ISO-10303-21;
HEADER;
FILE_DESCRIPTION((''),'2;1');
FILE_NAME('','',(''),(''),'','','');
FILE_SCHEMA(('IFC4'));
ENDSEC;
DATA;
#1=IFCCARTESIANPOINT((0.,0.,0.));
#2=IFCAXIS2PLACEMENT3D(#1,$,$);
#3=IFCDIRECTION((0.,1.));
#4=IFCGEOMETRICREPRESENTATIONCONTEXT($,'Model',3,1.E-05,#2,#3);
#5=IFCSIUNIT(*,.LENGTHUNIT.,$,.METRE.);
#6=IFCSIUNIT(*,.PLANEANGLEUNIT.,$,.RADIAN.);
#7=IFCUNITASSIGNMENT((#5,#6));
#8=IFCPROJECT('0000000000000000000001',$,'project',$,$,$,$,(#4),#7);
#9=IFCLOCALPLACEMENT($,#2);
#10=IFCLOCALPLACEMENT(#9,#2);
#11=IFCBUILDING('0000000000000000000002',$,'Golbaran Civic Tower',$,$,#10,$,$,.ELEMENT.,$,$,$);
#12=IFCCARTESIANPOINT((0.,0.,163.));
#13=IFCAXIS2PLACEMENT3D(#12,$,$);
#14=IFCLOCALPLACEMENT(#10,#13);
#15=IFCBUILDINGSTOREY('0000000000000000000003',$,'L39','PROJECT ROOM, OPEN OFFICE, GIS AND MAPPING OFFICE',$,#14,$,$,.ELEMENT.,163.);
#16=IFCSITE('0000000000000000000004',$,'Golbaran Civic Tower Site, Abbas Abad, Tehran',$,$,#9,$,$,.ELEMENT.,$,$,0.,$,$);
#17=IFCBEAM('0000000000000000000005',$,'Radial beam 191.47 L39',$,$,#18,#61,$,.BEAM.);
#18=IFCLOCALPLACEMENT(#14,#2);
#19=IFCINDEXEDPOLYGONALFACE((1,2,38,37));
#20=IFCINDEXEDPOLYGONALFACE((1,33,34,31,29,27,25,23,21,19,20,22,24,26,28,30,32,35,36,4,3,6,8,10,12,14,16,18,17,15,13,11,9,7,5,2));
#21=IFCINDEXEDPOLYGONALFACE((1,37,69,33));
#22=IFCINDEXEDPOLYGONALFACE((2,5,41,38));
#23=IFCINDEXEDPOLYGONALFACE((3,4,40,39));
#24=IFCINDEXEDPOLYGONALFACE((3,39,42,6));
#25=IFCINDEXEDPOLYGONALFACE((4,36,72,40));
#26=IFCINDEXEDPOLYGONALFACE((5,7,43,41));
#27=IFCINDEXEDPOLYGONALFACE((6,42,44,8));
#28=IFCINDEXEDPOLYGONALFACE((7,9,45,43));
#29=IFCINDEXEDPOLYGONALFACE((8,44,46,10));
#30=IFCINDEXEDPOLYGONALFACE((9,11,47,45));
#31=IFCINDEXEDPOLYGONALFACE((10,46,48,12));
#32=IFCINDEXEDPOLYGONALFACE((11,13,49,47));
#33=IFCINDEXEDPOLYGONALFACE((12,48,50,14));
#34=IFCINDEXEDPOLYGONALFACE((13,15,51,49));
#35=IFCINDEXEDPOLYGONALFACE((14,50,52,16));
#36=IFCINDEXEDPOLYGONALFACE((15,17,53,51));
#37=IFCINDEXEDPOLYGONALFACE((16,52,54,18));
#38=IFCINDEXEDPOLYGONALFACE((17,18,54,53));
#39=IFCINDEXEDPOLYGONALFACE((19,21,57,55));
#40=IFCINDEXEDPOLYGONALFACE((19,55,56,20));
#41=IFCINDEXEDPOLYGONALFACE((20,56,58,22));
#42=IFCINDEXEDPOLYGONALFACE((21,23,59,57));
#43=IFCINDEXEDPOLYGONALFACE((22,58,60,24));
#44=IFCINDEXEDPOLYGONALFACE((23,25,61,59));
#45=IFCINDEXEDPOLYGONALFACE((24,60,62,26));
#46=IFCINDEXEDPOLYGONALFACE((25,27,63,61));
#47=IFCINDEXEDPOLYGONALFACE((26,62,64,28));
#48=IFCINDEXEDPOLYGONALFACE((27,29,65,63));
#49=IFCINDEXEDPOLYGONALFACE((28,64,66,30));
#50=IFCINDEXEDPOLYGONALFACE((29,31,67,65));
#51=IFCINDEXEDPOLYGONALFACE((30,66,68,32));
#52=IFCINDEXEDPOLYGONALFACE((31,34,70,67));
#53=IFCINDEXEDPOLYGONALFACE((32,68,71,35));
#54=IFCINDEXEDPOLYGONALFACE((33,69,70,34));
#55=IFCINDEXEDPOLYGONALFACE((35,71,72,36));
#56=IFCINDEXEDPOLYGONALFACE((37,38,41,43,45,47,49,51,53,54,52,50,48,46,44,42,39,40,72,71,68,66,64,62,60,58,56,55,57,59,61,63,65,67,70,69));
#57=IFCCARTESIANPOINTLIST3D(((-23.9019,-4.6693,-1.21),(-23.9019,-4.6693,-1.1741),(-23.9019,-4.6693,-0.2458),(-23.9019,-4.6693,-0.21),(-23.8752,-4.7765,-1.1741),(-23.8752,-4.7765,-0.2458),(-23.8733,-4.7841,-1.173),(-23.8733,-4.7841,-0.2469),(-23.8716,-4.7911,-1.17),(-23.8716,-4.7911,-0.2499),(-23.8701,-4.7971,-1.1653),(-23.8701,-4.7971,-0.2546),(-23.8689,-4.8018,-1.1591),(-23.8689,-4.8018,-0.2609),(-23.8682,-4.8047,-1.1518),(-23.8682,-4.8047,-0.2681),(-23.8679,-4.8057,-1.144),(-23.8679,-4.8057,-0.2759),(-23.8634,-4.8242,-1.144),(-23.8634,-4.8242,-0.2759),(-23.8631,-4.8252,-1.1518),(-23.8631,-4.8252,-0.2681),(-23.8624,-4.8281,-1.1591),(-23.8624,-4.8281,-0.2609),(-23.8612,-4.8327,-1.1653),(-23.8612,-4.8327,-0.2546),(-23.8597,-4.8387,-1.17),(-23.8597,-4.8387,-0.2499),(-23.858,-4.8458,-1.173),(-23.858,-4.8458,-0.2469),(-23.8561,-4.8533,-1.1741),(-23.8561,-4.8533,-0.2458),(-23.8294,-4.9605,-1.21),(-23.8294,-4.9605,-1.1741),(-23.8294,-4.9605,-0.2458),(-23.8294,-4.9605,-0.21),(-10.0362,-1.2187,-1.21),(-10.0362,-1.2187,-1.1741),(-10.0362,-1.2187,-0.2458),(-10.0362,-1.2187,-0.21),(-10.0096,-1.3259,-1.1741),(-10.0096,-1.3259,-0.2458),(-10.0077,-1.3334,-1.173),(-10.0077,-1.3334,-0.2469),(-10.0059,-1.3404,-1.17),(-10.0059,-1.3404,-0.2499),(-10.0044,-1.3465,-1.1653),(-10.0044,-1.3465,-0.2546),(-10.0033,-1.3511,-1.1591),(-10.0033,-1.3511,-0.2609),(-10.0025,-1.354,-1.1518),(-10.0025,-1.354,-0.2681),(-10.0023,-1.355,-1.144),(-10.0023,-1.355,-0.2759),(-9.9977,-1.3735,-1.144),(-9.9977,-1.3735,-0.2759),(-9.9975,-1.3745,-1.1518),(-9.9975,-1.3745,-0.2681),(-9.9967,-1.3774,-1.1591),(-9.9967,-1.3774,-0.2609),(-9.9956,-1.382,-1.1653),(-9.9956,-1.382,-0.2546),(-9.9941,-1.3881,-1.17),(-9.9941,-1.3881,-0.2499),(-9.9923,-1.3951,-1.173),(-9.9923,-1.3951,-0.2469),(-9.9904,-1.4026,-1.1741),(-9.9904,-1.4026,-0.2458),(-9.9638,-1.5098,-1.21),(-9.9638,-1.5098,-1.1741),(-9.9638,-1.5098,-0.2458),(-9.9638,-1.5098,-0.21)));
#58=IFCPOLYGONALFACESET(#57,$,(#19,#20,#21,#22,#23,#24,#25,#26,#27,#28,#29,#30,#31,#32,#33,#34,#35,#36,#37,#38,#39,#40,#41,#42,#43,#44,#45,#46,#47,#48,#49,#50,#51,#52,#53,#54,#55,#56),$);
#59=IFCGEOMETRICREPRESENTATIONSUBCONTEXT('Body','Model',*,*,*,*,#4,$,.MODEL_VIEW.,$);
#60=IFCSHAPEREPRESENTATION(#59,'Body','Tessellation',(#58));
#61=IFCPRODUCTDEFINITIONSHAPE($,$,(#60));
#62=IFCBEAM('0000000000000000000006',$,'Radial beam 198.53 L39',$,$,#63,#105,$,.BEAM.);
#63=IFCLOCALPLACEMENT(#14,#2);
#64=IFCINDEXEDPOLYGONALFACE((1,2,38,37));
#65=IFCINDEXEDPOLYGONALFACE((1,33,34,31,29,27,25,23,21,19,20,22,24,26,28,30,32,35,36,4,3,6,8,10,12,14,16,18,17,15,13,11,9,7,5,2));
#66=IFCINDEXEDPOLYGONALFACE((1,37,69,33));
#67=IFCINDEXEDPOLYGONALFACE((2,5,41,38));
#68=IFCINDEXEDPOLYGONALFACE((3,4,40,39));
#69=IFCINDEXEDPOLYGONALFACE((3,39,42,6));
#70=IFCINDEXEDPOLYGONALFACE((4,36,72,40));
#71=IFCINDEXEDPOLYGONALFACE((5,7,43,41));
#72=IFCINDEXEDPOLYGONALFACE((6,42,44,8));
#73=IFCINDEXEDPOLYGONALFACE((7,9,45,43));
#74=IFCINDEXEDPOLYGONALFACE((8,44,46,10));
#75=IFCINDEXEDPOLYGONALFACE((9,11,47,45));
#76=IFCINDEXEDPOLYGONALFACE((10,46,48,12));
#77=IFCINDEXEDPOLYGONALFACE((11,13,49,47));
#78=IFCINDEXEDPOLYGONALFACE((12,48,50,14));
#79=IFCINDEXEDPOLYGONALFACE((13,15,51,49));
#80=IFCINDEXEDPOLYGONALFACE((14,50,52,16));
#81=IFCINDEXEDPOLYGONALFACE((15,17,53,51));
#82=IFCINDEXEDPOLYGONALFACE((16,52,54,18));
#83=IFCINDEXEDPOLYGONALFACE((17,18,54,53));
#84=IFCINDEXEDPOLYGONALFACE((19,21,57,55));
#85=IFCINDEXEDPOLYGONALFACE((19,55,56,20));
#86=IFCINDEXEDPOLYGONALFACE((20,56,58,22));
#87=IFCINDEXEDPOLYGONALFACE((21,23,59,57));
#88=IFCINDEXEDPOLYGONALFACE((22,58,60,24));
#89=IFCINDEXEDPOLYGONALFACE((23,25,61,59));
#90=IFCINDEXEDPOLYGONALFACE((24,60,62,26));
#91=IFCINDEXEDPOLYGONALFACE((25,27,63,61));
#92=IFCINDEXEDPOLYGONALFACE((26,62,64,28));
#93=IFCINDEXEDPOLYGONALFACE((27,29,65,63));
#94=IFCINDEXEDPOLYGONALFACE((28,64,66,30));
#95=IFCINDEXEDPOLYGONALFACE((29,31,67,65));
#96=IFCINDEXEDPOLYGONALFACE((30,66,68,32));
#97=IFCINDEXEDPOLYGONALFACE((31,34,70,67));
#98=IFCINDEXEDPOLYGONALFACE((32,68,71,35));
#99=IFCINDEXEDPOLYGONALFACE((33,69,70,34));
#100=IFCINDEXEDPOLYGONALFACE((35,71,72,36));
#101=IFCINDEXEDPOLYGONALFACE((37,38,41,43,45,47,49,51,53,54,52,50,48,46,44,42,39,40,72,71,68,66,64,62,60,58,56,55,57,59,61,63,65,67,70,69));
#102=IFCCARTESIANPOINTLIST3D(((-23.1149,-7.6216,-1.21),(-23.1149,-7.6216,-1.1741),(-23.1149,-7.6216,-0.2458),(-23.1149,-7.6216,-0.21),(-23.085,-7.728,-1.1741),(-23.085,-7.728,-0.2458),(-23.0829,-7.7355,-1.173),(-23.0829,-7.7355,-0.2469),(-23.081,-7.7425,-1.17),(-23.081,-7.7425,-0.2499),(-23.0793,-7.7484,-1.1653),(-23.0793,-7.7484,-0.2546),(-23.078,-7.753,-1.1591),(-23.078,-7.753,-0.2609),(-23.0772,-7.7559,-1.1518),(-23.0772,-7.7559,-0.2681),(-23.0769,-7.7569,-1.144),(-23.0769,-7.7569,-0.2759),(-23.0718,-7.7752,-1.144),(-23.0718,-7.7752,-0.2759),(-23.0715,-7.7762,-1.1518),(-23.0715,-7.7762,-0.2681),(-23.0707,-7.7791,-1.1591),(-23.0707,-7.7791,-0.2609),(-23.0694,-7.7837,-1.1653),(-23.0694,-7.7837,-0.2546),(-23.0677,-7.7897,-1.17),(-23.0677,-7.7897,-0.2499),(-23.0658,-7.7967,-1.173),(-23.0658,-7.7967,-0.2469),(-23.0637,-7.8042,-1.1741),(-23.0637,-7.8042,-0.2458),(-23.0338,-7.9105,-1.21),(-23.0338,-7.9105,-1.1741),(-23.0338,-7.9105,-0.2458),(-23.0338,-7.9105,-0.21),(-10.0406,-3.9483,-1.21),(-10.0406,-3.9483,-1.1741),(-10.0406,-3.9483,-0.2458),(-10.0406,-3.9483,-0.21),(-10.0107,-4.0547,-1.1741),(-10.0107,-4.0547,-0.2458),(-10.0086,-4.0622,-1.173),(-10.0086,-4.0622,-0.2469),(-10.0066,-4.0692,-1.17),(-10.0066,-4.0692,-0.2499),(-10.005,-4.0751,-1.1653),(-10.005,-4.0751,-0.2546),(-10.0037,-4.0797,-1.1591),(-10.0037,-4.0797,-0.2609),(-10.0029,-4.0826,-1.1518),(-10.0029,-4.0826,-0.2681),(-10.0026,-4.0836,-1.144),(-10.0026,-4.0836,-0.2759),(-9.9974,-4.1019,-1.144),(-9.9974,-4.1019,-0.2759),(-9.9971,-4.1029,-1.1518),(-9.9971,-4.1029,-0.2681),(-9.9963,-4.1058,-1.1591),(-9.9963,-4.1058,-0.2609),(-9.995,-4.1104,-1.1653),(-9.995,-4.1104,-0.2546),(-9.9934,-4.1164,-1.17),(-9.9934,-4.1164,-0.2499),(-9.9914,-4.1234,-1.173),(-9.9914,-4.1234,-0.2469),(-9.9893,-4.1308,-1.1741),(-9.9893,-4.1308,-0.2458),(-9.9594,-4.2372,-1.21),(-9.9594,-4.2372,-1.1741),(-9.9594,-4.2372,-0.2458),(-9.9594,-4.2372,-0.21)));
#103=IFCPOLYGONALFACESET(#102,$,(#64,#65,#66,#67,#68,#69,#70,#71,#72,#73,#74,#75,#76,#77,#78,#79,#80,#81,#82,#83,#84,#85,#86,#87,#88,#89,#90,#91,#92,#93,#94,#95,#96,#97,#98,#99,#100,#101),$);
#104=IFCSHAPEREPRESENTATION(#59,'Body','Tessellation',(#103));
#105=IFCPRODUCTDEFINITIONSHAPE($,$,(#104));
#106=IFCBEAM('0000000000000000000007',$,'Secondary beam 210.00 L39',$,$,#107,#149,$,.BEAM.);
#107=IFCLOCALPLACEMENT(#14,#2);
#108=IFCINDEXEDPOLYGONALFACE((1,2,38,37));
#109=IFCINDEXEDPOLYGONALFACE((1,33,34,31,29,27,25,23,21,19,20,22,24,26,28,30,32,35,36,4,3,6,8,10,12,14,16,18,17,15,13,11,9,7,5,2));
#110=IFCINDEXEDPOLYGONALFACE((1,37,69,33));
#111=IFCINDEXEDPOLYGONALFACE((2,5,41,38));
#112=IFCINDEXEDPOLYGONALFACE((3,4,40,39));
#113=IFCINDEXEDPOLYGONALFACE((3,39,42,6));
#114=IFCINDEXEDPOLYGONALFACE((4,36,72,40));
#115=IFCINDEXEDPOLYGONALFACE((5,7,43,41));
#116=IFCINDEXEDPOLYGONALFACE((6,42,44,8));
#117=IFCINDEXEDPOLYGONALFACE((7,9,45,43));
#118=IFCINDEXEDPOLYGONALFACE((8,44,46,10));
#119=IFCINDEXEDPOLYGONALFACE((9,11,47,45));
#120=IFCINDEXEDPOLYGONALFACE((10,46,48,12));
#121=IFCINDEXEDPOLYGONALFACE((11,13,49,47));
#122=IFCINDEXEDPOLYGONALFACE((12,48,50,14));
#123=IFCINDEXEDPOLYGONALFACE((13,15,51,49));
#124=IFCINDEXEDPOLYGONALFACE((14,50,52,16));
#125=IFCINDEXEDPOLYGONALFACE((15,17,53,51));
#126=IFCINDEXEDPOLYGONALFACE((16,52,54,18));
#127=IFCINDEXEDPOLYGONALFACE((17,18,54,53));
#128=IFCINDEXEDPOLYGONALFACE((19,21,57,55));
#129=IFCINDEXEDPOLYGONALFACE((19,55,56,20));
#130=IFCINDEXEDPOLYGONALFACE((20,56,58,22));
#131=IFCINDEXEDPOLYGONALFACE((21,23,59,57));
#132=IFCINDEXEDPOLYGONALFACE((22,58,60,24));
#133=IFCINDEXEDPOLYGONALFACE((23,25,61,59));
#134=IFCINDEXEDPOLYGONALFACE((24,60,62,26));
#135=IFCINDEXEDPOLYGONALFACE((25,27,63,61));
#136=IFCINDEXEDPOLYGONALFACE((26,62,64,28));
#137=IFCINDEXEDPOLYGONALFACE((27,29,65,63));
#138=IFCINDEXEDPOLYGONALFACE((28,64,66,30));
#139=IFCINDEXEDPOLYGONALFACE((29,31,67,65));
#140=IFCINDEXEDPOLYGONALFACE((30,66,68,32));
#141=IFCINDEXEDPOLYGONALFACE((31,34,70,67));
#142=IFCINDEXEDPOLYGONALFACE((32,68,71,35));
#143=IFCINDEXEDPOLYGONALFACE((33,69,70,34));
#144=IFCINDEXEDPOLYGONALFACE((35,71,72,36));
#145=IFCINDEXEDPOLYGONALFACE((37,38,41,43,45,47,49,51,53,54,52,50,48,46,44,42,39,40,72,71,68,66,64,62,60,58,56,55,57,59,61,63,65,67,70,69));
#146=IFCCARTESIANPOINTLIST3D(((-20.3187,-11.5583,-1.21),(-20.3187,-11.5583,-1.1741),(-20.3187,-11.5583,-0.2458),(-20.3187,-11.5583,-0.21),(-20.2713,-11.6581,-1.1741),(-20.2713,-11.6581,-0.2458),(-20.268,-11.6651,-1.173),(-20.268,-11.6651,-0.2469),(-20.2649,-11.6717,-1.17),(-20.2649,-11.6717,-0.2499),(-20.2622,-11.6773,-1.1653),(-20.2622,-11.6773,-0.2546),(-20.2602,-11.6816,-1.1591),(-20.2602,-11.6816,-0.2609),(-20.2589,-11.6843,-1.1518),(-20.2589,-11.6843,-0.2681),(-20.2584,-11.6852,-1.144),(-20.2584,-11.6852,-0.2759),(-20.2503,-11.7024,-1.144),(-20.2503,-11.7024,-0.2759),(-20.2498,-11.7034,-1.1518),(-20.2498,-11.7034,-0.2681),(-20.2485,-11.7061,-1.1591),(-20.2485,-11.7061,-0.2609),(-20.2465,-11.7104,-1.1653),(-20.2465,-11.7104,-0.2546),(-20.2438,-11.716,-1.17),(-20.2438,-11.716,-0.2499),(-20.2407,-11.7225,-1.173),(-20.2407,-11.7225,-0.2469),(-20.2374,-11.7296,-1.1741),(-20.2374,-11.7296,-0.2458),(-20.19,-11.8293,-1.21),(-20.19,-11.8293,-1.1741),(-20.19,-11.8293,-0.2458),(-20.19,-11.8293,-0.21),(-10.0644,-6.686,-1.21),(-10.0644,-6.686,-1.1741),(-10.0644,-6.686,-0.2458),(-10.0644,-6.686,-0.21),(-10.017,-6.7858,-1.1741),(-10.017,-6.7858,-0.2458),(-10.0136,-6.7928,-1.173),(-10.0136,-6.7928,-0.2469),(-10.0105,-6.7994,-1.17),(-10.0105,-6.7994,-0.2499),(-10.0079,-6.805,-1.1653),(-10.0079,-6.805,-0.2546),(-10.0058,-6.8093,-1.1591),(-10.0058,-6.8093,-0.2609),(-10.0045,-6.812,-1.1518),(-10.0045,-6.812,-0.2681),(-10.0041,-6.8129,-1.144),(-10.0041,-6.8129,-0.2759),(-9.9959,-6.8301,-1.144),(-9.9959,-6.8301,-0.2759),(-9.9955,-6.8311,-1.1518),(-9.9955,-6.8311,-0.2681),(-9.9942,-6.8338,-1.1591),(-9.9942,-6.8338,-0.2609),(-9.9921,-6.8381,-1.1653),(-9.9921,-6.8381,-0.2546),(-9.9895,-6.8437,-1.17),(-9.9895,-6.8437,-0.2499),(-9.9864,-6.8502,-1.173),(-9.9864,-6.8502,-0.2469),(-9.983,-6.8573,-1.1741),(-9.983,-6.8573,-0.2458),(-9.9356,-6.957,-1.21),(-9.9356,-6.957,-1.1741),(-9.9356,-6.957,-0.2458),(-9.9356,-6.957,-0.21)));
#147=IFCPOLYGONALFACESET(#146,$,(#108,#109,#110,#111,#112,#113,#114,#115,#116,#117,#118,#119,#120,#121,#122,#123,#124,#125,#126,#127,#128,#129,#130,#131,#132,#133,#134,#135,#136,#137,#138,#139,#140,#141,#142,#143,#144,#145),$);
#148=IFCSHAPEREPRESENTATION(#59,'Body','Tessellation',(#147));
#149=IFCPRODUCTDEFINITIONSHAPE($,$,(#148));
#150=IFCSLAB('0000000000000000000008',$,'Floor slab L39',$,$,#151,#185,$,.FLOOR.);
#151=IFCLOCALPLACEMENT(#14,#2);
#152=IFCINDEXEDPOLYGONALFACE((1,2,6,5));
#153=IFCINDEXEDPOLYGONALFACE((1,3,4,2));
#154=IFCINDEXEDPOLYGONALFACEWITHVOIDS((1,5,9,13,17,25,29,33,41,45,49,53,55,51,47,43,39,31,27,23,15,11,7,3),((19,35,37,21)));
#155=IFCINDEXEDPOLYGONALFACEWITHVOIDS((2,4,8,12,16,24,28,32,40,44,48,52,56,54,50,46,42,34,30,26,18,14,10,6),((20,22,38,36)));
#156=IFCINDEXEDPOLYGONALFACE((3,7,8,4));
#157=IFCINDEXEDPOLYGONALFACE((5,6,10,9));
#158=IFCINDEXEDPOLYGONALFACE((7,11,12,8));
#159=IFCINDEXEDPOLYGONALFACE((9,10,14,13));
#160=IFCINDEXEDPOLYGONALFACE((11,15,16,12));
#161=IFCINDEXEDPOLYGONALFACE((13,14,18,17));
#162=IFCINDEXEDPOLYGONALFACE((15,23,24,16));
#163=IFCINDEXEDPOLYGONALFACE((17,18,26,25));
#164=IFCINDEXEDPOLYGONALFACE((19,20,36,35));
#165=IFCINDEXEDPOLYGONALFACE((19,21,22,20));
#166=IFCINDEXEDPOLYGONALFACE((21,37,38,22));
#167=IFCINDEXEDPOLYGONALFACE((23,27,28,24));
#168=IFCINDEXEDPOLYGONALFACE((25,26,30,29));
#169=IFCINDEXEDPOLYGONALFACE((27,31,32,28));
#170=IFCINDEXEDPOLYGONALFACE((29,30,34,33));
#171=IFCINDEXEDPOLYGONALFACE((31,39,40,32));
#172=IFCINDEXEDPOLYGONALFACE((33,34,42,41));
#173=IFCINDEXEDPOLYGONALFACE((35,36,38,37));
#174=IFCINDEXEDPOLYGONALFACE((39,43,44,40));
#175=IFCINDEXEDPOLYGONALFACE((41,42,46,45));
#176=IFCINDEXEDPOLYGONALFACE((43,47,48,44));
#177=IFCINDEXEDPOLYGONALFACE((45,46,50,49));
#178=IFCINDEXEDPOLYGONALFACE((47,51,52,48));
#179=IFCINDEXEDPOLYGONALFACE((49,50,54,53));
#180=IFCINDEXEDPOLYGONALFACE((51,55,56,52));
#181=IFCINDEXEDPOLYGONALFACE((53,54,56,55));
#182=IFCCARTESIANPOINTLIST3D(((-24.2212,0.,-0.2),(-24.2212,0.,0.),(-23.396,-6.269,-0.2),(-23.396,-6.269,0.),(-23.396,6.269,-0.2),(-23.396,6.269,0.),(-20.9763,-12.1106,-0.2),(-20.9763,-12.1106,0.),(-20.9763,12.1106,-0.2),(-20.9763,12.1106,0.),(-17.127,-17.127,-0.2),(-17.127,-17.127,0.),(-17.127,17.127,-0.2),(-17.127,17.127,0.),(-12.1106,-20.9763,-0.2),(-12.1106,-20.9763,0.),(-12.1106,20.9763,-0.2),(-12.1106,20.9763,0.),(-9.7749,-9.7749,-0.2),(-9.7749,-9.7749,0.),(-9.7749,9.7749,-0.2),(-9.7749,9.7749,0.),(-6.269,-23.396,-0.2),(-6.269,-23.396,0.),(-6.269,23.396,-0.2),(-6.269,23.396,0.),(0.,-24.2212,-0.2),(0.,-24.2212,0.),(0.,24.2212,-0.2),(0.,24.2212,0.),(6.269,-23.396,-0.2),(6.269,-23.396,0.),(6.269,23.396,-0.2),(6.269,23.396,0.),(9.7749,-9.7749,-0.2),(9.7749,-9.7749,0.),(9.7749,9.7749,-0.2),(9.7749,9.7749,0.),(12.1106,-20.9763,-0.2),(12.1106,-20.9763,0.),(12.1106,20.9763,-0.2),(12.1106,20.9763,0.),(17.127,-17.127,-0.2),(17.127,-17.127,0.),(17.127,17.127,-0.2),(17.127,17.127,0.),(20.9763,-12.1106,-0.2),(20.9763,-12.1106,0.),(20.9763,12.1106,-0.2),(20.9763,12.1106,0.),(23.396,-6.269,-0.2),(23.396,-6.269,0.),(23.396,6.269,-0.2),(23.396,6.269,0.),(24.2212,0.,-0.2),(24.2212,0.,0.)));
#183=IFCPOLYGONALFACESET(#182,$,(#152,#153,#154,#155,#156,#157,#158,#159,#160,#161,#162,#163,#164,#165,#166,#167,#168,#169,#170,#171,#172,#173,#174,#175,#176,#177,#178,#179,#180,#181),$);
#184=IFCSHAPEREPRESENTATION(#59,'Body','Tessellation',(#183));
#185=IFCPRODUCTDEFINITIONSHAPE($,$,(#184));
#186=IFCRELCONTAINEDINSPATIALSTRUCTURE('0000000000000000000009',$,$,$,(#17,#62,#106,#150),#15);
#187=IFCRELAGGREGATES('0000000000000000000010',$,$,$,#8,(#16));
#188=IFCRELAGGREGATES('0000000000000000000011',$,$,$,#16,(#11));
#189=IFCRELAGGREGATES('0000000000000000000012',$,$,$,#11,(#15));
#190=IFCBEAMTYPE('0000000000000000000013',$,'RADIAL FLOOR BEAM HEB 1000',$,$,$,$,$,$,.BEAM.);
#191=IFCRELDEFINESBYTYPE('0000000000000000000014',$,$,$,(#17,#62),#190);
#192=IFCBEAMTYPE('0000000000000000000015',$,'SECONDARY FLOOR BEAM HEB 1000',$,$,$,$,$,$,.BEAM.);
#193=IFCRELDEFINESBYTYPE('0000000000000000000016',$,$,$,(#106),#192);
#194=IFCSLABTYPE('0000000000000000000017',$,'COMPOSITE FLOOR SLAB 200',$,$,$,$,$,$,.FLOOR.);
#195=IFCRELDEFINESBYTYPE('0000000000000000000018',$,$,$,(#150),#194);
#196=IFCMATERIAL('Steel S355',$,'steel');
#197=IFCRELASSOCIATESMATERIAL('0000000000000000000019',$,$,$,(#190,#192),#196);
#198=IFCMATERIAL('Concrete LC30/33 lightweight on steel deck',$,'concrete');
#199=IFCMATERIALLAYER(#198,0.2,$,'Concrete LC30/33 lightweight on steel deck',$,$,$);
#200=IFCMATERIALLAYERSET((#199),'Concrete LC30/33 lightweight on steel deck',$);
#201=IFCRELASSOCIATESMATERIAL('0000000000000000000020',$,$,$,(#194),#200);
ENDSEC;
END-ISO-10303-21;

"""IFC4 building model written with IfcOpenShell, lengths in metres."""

from ifc_helpers import new_model, si_unit, direction, frame, origin, origin_2d, place, context, subcontext, project, spatial, polyline, i_section, outline, extrude, material, layer, layer_set, material_profile, profile_set, type_object, element, save


model = new_model("IFC4")

# Units and contexts
model_context = context("Model", 3, precision=1e-05, world=origin(), true_north=direction((0.0, 1.0)))
body_context = subcontext(model_context, "Body", "Model", "MODEL_VIEW")
ifc_project = project(units=[si_unit("LENGTHUNIT", "METRE"), si_unit("PLANEANGLEUNIT", "RADIAN")], contexts=[model_context])

# Site, building, storey
site_placement = place(None, origin())
site = spatial("IfcSite", under=ifc_project, at=site_placement, Name="Golbaran Civic Tower Site, Abbas Abad, Tehran", CompositionType="ELEMENT", RefElevation=0.0)
building_placement = place(site_placement, origin())
building = spatial("IfcBuilding", under=site, at=building_placement, Name="Golbaran Civic Tower", CompositionType="ELEMENT")
storey_placement = place(building_placement, frame((0.0, 0.0, 163.0)))
storey = spatial("IfcBuildingStorey", under=building, at=storey_placement, Name="L39", Description="PROJECT ROOM, OPEN OFFICE, GIS AND MAPPING OFFICE", CompositionType="ELEMENT", Elevation=163.0)

# Beams
ifc_material_1 = material(Name="Steel S355", Category="steel")
ifc_material_profile_1 = material_profile(ifc_material_1, i_section(OverallWidth=0.3, OverallDepth=1.0, WebThickness=0.019, FlangeThickness=0.0359, FilletRadius=0.03, at=origin_2d()), Name="HEB 1000")
ifc_profile_set_1 = profile_set([ifc_material_profile_1], Name="Steel S355")
beam_type_1 = type_object("IfcBeamType", Name="RADIAL FLOOR BEAM HEB 1000", PredefinedType="BEAM", material=ifc_profile_set_1)
beam_1_placement = place(storey_placement, frame((-10.0, -1.3643, -0.71), z_axis=(-0.970401, -0.241498, 0.0), x_axis=(0.241498, -0.970401, 0.0)))
element("IfcBeam", 1, at=beam_1_placement, inside=storey, type_object=beam_type_1, Name="Radial beam 191.47 L39", PredefinedType="BEAM", context=body_context, shape_type="SweptSolid", body=[
    extrude(i_section(OverallWidth=0.3, OverallDepth=1.0, WebThickness=0.019, FlangeThickness=0.0359, FilletRadius=0.03, at=origin_2d()), origin(), (0.0, 0.0, 1.0), 14.2886),
])
beam_2_placement = place(storey_placement, frame((-10.0, -4.0928, -0.71), z_axis=(-0.962725, -0.270483, 0.0), x_axis=(0.270483, -0.962725, 0.0)))
element("IfcBeam", 2, at=beam_2_placement, inside=storey, type_object=beam_type_1, Name="Radial beam 198.53 L39", PredefinedType="BEAM", context=body_context, shape_type="SweptSolid", body=[
    extrude(i_section(OverallWidth=0.3, OverallDepth=1.0, WebThickness=0.019, FlangeThickness=0.0359, FilletRadius=0.03, at=origin_2d()), origin(), (0.0, 0.0, 1.0), 13.5806),
])
ifc_material_profile_2 = material_profile(ifc_material_1, i_section(OverallWidth=0.3, OverallDepth=1.0, WebThickness=0.019, FlangeThickness=0.0359, FilletRadius=0.03, at=origin_2d()), Name="HEB 1000")
ifc_profile_set_2 = profile_set([ifc_material_profile_2], Name="Steel S355")
beam_type_2 = type_object("IfcBeamType", Name="SECONDARY FLOOR BEAM HEB 1000", PredefinedType="BEAM", material=ifc_profile_set_2)
beam_3_placement = place(storey_placement, frame((-10.0, -6.8215, -0.71), z_axis=(-0.903227, -0.429163, 0.0), x_axis=(0.429163, -0.903227, 0.0)))
element("IfcBeam", 3, at=beam_3_placement, inside=storey, type_object=beam_type_2, Name="Secondary beam 210.00 L39", PredefinedType="BEAM", context=body_context, shape_type="SweptSolid", body=[
    extrude(i_section(OverallWidth=0.3, OverallDepth=1.0, WebThickness=0.019, FlangeThickness=0.0359, FilletRadius=0.03, at=origin_2d()), origin(), (0.0, 0.0, 1.0), 11.353),
])

# Slab
ifc_material_2 = material(Name="Concrete LC30/33 lightweight on steel deck", Category="concrete")
ifc_layer_1 = layer(ifc_material_2, 0.2, Name="Concrete LC30/33 lightweight on steel deck")
ifc_layer_set_1 = layer_set([ifc_layer_1], Name="Concrete LC30/33 lightweight on steel deck")
slab_type_1 = type_object("IfcSlabType", Name="COMPOSITE FLOOR SLAB 200", PredefinedType="FLOOR", material=ifc_layer_set_1)
slab_1_placement = place(storey_placement, frame((0.0, 0.0, -0.2)))
element("IfcSlab", 4, at=slab_1_placement, inside=storey, type_object=slab_type_1, Name="Floor slab L39", PredefinedType="FLOOR", context=body_context, shape_type="SweptSolid", body=[
    extrude(outline(polyline([(20.9763, -12.1106), (17.127, -17.127), (12.1106, -20.9763), (6.269, -23.396), (0.0, -24.2212), (-6.269, -23.396), (-12.1106, -20.9763), (-17.127, -17.127), (-20.9763, -12.1106), (-23.396, -6.269), (-24.2212, 0.0), (-23.396, 6.269), (-20.9763, 12.1106), (-17.127, 17.127), (-12.1106, 20.9763), (-6.269, 23.396), (0.0, 24.2212), (6.269, 23.396), (12.1106, 20.9763), (17.127, 17.127), (20.9763, 12.1106), (23.396, 6.269), (24.2212, 0.0), (23.396, -6.269), (20.9763, -12.1106)]), holes=[polyline([(-9.7749, 9.7749), (-9.7749, -9.7749), (9.7749, -9.7749), (9.7749, 9.7749), (-9.7749, 9.7749)])]), origin(), (0.0, 0.0, 1.0), 0.2),
])

save(model, "model.ifc")
